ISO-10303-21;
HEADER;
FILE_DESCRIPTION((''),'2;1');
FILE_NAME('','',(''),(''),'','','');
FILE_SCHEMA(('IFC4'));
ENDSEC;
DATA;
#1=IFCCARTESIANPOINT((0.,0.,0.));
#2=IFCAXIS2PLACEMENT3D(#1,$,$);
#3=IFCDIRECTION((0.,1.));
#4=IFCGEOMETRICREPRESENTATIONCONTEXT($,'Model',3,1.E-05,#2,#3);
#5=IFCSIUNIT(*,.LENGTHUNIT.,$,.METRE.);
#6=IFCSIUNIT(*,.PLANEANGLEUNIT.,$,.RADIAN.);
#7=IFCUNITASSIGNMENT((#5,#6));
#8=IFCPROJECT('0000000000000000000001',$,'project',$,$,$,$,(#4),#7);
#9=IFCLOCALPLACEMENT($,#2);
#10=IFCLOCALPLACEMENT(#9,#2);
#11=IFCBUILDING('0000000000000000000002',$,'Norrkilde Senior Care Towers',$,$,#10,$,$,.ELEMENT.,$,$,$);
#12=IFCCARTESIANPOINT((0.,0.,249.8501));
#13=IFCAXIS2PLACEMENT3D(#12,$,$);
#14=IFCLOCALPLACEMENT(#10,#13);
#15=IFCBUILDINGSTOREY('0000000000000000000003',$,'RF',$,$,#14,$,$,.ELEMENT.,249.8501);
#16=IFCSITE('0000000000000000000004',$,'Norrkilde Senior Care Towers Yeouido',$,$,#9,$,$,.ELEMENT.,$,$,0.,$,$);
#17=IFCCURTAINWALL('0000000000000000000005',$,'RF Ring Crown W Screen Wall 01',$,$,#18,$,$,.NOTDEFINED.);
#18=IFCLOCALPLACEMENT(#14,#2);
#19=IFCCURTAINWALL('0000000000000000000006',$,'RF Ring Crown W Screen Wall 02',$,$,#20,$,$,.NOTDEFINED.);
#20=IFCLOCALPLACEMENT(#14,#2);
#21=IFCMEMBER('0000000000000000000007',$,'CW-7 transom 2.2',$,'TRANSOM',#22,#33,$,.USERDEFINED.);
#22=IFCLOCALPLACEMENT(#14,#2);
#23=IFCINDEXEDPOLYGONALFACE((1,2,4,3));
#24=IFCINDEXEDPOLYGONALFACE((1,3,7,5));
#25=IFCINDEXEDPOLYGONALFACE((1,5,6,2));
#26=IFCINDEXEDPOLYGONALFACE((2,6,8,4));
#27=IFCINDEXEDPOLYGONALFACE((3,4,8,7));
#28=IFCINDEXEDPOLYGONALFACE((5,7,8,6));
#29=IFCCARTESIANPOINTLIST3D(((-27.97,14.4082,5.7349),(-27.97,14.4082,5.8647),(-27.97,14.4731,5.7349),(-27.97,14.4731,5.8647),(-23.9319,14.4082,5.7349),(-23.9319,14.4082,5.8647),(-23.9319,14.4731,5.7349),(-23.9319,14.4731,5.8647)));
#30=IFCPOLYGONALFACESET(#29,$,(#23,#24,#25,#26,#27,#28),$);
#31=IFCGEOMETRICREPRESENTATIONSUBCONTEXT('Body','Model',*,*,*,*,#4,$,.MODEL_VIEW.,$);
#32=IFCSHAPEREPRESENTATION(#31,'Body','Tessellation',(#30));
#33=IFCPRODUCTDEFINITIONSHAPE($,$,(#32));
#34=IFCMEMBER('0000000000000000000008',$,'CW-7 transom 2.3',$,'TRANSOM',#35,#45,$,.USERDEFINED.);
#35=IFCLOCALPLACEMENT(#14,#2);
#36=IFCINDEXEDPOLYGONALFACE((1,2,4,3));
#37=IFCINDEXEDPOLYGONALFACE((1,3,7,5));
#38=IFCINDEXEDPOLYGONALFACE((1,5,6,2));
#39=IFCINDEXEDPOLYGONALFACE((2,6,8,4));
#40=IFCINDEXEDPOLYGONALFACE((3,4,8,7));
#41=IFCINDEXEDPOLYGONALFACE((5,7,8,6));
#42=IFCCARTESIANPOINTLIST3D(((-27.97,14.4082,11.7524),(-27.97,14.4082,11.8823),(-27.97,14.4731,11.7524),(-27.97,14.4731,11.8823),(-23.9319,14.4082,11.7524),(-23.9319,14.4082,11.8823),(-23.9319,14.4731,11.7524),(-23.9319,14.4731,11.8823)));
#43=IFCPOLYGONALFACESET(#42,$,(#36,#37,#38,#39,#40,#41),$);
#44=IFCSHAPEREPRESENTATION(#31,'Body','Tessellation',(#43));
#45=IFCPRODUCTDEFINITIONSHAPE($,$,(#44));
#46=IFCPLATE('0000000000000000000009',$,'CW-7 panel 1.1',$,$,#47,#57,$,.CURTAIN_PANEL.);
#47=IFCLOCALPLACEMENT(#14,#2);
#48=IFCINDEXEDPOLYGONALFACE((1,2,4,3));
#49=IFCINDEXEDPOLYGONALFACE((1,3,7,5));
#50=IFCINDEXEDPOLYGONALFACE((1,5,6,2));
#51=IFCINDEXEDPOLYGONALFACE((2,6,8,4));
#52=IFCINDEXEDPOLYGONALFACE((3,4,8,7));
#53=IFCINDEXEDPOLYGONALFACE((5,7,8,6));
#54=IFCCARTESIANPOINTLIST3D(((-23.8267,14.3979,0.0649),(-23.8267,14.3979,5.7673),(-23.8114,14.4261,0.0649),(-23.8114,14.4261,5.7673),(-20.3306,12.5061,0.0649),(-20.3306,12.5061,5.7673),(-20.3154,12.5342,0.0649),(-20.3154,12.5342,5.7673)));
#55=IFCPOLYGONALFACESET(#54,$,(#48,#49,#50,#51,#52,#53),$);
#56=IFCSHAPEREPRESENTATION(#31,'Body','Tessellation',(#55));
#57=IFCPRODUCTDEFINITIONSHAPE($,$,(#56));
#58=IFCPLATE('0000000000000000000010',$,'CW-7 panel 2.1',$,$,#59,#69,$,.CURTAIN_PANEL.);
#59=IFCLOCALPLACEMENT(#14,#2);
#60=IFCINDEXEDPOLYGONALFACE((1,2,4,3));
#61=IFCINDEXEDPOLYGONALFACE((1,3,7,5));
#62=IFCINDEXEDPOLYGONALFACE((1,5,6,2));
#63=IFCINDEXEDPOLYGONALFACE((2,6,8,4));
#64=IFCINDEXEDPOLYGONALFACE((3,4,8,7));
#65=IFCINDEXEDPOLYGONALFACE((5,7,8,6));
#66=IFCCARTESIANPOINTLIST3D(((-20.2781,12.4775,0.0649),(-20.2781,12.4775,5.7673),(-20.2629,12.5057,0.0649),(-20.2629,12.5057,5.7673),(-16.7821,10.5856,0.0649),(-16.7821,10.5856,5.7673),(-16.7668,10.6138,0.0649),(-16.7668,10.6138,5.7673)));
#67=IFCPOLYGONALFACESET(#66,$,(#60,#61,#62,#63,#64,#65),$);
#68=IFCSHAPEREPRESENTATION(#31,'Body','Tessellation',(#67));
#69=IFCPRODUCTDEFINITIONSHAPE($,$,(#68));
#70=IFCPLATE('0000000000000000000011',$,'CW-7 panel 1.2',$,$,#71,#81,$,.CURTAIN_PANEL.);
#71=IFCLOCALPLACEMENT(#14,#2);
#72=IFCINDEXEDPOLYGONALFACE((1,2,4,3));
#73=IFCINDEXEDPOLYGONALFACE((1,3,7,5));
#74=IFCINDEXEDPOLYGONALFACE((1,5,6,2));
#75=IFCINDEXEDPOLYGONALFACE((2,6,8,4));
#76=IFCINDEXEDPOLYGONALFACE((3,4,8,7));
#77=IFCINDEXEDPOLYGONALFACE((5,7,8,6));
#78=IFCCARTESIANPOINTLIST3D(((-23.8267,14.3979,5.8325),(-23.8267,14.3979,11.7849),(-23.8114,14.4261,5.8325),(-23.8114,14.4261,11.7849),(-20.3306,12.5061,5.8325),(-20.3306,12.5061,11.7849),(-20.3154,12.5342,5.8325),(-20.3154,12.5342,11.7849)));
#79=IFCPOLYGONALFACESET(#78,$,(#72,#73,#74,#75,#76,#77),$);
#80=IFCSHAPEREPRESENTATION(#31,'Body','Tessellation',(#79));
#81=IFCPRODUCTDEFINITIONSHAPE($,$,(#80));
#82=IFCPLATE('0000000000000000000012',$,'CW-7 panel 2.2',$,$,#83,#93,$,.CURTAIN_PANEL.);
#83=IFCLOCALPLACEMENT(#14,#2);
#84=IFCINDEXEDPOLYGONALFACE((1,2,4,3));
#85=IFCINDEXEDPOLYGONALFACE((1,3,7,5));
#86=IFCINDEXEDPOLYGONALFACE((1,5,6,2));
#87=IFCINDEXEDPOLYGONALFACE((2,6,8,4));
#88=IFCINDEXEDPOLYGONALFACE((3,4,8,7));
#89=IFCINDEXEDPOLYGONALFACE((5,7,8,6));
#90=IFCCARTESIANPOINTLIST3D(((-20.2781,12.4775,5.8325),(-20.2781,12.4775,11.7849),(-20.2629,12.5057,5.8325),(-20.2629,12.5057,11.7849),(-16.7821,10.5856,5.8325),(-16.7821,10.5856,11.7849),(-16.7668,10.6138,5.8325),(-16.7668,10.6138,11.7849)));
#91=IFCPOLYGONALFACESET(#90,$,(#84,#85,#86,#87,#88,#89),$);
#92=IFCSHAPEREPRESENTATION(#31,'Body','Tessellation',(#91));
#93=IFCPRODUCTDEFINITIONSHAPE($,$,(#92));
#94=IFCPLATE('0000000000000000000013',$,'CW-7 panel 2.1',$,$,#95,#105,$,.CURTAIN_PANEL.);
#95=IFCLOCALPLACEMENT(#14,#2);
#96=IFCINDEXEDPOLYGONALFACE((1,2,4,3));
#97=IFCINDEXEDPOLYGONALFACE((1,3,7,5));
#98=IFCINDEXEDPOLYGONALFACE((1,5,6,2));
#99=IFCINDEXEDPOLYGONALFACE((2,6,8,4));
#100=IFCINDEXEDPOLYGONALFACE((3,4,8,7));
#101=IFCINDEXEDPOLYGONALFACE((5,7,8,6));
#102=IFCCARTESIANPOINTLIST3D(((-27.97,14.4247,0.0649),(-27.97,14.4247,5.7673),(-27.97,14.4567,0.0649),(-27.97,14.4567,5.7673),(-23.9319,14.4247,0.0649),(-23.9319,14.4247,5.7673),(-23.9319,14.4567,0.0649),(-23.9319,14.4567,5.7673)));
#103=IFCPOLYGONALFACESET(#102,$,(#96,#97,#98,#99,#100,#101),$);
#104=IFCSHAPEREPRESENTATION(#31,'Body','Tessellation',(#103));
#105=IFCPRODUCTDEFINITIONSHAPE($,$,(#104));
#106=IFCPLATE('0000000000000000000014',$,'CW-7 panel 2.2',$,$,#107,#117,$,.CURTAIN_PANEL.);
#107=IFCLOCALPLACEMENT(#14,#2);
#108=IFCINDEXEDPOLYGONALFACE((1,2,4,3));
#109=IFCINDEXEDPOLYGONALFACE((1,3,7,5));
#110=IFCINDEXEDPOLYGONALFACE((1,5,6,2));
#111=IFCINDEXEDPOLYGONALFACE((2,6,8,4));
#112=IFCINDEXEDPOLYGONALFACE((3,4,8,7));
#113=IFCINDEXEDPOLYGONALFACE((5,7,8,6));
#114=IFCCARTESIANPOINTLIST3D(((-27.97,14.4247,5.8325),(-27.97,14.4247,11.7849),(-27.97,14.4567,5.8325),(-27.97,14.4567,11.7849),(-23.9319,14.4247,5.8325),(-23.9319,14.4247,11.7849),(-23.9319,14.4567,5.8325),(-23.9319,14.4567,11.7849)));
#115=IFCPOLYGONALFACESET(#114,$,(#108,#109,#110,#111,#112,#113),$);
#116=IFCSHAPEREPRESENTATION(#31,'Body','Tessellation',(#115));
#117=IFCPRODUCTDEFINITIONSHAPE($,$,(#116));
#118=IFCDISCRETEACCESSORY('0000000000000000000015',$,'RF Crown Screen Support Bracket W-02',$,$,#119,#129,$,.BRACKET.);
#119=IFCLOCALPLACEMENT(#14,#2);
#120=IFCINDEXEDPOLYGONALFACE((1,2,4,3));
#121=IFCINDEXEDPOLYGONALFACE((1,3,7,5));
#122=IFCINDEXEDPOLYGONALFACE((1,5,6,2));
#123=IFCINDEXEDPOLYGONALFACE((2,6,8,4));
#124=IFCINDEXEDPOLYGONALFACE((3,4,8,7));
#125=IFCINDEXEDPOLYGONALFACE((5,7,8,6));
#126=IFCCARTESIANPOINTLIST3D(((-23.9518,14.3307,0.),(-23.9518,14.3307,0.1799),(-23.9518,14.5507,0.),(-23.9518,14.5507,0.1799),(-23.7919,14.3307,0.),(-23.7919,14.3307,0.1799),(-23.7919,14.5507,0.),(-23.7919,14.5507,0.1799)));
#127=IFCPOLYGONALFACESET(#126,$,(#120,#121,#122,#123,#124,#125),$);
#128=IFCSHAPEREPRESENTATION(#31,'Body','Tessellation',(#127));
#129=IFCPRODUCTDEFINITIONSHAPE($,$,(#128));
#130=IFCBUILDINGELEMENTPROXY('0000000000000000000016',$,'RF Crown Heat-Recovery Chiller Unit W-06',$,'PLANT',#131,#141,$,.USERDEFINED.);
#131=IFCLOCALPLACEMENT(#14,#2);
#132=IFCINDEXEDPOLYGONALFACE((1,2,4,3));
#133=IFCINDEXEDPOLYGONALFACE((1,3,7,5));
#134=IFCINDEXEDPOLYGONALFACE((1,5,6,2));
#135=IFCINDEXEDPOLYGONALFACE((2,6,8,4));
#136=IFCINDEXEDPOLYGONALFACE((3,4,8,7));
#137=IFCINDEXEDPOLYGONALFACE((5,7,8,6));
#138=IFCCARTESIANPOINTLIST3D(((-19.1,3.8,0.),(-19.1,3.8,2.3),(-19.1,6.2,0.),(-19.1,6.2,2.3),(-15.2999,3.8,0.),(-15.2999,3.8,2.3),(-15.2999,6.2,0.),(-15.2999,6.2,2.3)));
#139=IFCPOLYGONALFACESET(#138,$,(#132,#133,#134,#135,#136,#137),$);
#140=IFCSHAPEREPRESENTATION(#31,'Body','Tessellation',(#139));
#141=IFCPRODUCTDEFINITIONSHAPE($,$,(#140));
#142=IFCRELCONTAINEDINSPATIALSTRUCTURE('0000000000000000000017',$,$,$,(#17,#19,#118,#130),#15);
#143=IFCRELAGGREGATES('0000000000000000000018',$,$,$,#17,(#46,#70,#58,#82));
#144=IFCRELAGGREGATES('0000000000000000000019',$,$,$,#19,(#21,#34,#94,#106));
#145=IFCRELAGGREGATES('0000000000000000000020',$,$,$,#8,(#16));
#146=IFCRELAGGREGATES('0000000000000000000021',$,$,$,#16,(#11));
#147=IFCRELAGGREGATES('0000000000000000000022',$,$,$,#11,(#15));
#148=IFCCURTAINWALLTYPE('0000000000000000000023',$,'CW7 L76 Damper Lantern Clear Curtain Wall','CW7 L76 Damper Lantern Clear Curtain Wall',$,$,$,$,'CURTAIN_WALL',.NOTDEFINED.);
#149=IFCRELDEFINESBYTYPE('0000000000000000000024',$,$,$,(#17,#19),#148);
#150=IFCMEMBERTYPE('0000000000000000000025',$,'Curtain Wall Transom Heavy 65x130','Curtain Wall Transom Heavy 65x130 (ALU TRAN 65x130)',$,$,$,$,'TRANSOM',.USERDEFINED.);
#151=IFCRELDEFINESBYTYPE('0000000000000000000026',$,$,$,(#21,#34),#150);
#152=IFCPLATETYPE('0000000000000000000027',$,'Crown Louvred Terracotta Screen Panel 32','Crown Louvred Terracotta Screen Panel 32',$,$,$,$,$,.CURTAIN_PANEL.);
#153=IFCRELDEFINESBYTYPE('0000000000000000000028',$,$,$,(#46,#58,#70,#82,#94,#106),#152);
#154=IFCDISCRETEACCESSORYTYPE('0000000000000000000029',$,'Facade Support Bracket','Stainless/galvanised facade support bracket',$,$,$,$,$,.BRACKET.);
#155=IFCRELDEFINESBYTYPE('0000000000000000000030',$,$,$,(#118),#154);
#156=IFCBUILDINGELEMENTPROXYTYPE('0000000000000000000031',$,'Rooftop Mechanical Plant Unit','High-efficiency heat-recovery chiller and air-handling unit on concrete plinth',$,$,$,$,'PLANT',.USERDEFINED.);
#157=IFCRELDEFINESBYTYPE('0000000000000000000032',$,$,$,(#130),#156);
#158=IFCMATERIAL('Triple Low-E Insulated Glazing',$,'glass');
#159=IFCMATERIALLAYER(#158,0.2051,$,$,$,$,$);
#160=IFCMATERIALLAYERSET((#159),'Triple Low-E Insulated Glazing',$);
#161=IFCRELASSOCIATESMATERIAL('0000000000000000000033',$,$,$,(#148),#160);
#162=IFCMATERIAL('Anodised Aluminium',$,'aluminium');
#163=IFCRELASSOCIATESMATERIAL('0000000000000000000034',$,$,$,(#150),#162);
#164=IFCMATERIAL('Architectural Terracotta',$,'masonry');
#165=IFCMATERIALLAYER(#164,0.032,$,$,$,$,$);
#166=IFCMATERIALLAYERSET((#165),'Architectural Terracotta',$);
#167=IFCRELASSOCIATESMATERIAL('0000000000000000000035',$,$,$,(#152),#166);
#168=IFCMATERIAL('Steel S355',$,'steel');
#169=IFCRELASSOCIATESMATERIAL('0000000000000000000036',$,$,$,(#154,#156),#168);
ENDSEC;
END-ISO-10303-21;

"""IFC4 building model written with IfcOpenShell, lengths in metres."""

from ifc_helpers import new_model, si_unit, direction, frame, origin, origin_2d, place, context, subcontext, project, spatial, rectangle, extrude, source, transform, mapped, material, layer, layer_set, material_profile, profile_set, type_object, type_shapes, element, aggregate, save


model = new_model("IFC4")

# Units and contexts
model_context = context("Model", 3, precision=1e-05, world=origin(), true_north=direction((0.0, 1.0)))
body_context = subcontext(model_context, "Body", "Model", "MODEL_VIEW")
ifc_project = project(units=[si_unit("LENGTHUNIT", "METRE"), si_unit("PLANEANGLEUNIT", "RADIAN")], contexts=[model_context])

# Site, building, storey
site_placement = place(None, origin())
site = spatial("IfcSite", under=ifc_project, at=site_placement, Name="Norrkilde Senior Care Towers Yeouido", CompositionType="ELEMENT", RefElevation=0.0)
building_placement = place(site_placement, origin())
building = spatial("IfcBuilding", under=site, at=building_placement, Name="Norrkilde Senior Care Towers", CompositionType="ELEMENT")
storey_placement = place(building_placement, frame((0.0, 0.0, 249.8501)))
storey = spatial("IfcBuildingStorey", under=building, at=storey_placement, Name="RF", CompositionType="ELEMENT", Elevation=249.8501)

# Shared definitions
ifc_material_1 = material(Name="Steel S355", Category="steel")

# Curtain wall
ifc_material_2 = material(Name="Triple Low-E Insulated Glazing", Category="glass")
ifc_layer_1 = layer(ifc_material_2, 0.2051)
ifc_layer_set_1 = layer_set([ifc_layer_1], Name="Triple Low-E Insulated Glazing")
curtain_wall_type = type_object("IfcCurtainWallType", Name="CW7 L76 Damper Lantern Clear Curtain Wall", Description="CW7 L76 Damper Lantern Clear Curtain Wall", ElementType="CURTAIN_WALL", PredefinedType="NOTDEFINED", material=ifc_layer_set_1)
curtain_wall_1_placement = place(storey_placement, origin())
curtain_wall_1 = element("IfcCurtainWall", 1, at=curtain_wall_1_placement, inside=storey, type_object=curtain_wall_type, Name="RF Ring Crown W Screen Wall 01", PredefinedType="NOTDEFINED")
ifc_material_3 = material(Name="Anodised Aluminium", Category="aluminium")

# Curtain wall
curtain_wall_2_placement = place(storey_placement, origin())
curtain_wall_2 = element("IfcCurtainWall", 2, at=curtain_wall_2_placement, inside=storey, type_object=curtain_wall_type, Name="RF Ring Crown W Screen Wall 02", PredefinedType="NOTDEFINED")

# Members
ifc_material_profile_1 = material_profile(ifc_material_3, rectangle(XDim=0.0649, YDim=0.1299, at=origin_2d()), Name="ALU TRAN 65x130")
ifc_profile_set_1 = profile_set([ifc_material_profile_1], Name="Anodised Aluminium")
member_type_1 = type_object("IfcMemberType", Name="Curtain Wall Transom Heavy 65x130", Description="Curtain Wall Transom Heavy 65x130 (ALU TRAN 65x130)", ElementType="TRANSOM", PredefinedType="USERDEFINED", material=ifc_profile_set_1)
shared_shape_1 = source(origin(), body_context, "Body", "SweptSolid", [
    extrude(rectangle(XDim=0.0649, YDim=0.1299, at=origin_2d()), origin(), (0.0, 0.0, 1.0), 4.0381),
])
member_1_placement = place(storey_placement, frame((-27.97, 14.4407, 5.7998), z_axis=(1.0, 0.0, 0.0), x_axis=(0.0, 1.0, 0.0)))
member_1 = element("IfcMember", 3, at=member_1_placement, type_object=member_type_1, Name="CW-7 transom 2.2", ObjectType="TRANSOM", PredefinedType="USERDEFINED", context=body_context, shape_type="MappedRepresentation", body=[
    mapped(shared_shape_1, transform((0.0, 0.0, 0.0), x_axis=(1.0, 0.0, 0.0), y_axis=(0.0, 1.0, 0.0), z_axis=(0.0, 0.0, 1.0), scale=1.0)),
])
member_2_placement = place(storey_placement, frame((-27.97, 14.4407, 11.8174), z_axis=(1.0, 0.0, 0.0), x_axis=(0.0, 1.0, 0.0)))
member_2 = element("IfcMember", 4, at=member_2_placement, type_object=member_type_1, Name="CW-7 transom 2.3", ObjectType="TRANSOM", PredefinedType="USERDEFINED", context=body_context, shape_type="MappedRepresentation", body=[
    mapped(shared_shape_1, transform((0.0, 0.0, 0.0), x_axis=(1.0, 0.0, 0.0), y_axis=(0.0, 1.0, 0.0), z_axis=(0.0, 0.0, 1.0), scale=1.0)),
])

# Plates
ifc_material_4 = material(Name="Architectural Terracotta", Category="masonry")
ifc_layer_2 = layer(ifc_material_4, 0.032)
ifc_layer_set_2 = layer_set([ifc_layer_2], Name="Architectural Terracotta")
plate_type = type_object("IfcPlateType", Name="Crown Louvred Terracotta Screen Panel 32", Description="Crown Louvred Terracotta Screen Panel 32", PredefinedType="CURTAIN_PANEL", material=ifc_layer_set_2)
shared_shape_2 = source(origin(), body_context, "Body", "SweptSolid", [
    extrude(rectangle(XDim=3.9751, YDim=0.032, at=origin_2d()), origin(), (0.0, 0.0, 1.0), 5.7024),
])
plate_1_placement = place(storey_placement, frame((-22.071, 13.4661, 0.0649), z_axis=(0.0, 0.0, 1.0), x_axis=(0.879481, -0.475934, 0.0)))
plate_1 = element("IfcPlate", 5, at=plate_1_placement, type_object=plate_type, Name="CW-7 panel 1.1", PredefinedType="CURTAIN_PANEL", context=body_context, shape_type="MappedRepresentation", body=[
    mapped(shared_shape_2, transform((0.0, 0.0, 0.0), x_axis=(1.0, 0.0, 0.0), y_axis=(0.0, 1.0, 0.0), z_axis=(0.0, 0.0, 1.0), scale=1.0)),
])
plate_2_placement = place(storey_placement, frame((-18.5225, 11.5457, 0.0649), z_axis=(0.0, 0.0, 1.0), x_axis=(0.879481, -0.475934, 0.0)))
plate_2 = element("IfcPlate", 6, at=plate_2_placement, type_object=plate_type, Name="CW-7 panel 2.1", PredefinedType="CURTAIN_PANEL", context=body_context, shape_type="MappedRepresentation", body=[
    mapped(shared_shape_2, transform((0.0, 0.0, 0.0), x_axis=(1.0, 0.0, 0.0), y_axis=(0.0, 1.0, 0.0), z_axis=(0.0, 0.0, 1.0), scale=1.0)),
])
shared_shape_3 = source(origin(), body_context, "Body", "SweptSolid", [
    extrude(rectangle(XDim=3.9751, YDim=0.032, at=origin_2d()), origin(), (0.0, 0.0, 1.0), 5.9524),
])
plate_3_placement = place(storey_placement, frame((-22.071, 13.4661, 5.8325), z_axis=(0.0, 0.0, 1.0), x_axis=(0.879481, -0.475934, 0.0)))
plate_3 = element("IfcPlate", 7, at=plate_3_placement, type_object=plate_type, Name="CW-7 panel 1.2", PredefinedType="CURTAIN_PANEL", context=body_context, shape_type="MappedRepresentation", body=[
    mapped(shared_shape_3, transform((0.0, 0.0, 0.0), x_axis=(1.0, 0.0, 0.0), y_axis=(0.0, 1.0, 0.0), z_axis=(0.0, 0.0, 1.0), scale=1.0)),
])
plate_4_placement = place(storey_placement, frame((-18.5225, 11.5457, 5.8325), z_axis=(0.0, 0.0, 1.0), x_axis=(0.879481, -0.475934, 0.0)))
plate_4 = element("IfcPlate", 8, at=plate_4_placement, type_object=plate_type, Name="CW-7 panel 2.2", PredefinedType="CURTAIN_PANEL", context=body_context, shape_type="MappedRepresentation", body=[
    mapped(shared_shape_3, transform((0.0, 0.0, 0.0), x_axis=(1.0, 0.0, 0.0), y_axis=(0.0, 1.0, 0.0), z_axis=(0.0, 0.0, 1.0), scale=1.0)),
])
aggregate(curtain_wall_1, [plate_1, plate_3, plate_2, plate_4])
shared_shape_4 = source(origin(), body_context, "Body", "SweptSolid", [
    extrude(rectangle(XDim=4.0381, YDim=0.032, at=origin_2d()), origin(), (0.0, 0.0, 1.0), 5.7024),
])
plate_5_placement = place(storey_placement, frame((-25.9509, 14.4407, 0.0649), z_axis=(0.0, 0.0, 1.0), x_axis=(1.0, 0.0, 0.0)))
plate_5 = element("IfcPlate", 9, at=plate_5_placement, type_object=plate_type, Name="CW-7 panel 2.1", PredefinedType="CURTAIN_PANEL", context=body_context, shape_type="MappedRepresentation", body=[
    mapped(shared_shape_4, transform((0.0, 0.0, 0.0), x_axis=(1.0, 0.0, 0.0), y_axis=(0.0, 1.0, 0.0), z_axis=(0.0, 0.0, 1.0), scale=1.0)),
])
shared_shape_5 = source(origin(), body_context, "Body", "SweptSolid", [
    extrude(rectangle(XDim=4.0381, YDim=0.032, at=origin_2d()), origin(), (0.0, 0.0, 1.0), 5.9524),
])
type_shapes(plate_type, [shared_shape_2, shared_shape_3, shared_shape_4, shared_shape_5])
plate_6_placement = place(storey_placement, frame((-25.9509, 14.4407, 5.8325), z_axis=(0.0, 0.0, 1.0), x_axis=(1.0, 0.0, 0.0)))
plate_6 = element("IfcPlate", 10, at=plate_6_placement, type_object=plate_type, Name="CW-7 panel 2.2", PredefinedType="CURTAIN_PANEL", context=body_context, shape_type="MappedRepresentation", body=[
    mapped(shared_shape_5, transform((0.0, 0.0, 0.0), x_axis=(1.0, 0.0, 0.0), y_axis=(0.0, 1.0, 0.0), z_axis=(0.0, 0.0, 1.0), scale=1.0)),
])
aggregate(curtain_wall_2, [member_1, member_2, plate_5, plate_6])

# Discrete accessory
discrete_accessory_type = type_object("IfcDiscreteAccessoryType", Name="Facade Support Bracket", Description="Stainless/galvanised facade support bracket", PredefinedType="BRACKET", material=ifc_material_1)
shared_shape_6 = source(origin(), body_context, "Body", "SweptSolid", [
    extrude(rectangle(XDim=0.1599, YDim=0.22, at=origin_2d()), origin(), (0.0, 0.0, 1.0), 0.1799),
])
type_shapes(discrete_accessory_type, [shared_shape_6])
discrete_accessory_placement = place(storey_placement, frame((-23.8718, 14.4407, 0.0), z_axis=(0.0, 0.0, 1.0), x_axis=(1.0, 0.0, 0.0)))
element("IfcDiscreteAccessory", 11, at=discrete_accessory_placement, inside=storey, type_object=discrete_accessory_type, Name="RF Crown Screen Support Bracket W-02", PredefinedType="BRACKET", context=body_context, shape_type="MappedRepresentation", body=[
    mapped(shared_shape_6, transform((0.0, 0.0, 0.0), x_axis=(1.0, 0.0, 0.0), y_axis=(0.0, 1.0, 0.0), z_axis=(0.0, 0.0, 1.0), scale=1.0)),
])

# Building element proxy
building_element_proxy_type = type_object("IfcBuildingElementProxyType", Name="Rooftop Mechanical Plant Unit", Description="High-efficiency heat-recovery chiller and air-handling unit on concrete plinth", ElementType="PLANT", PredefinedType="USERDEFINED", material=ifc_material_1)
shared_shape_7 = source(origin(), body_context, "Body", "SweptSolid", [
    extrude(rectangle(XDim=3.8, YDim=2.3999, at=origin_2d()), origin(), (0.0, 0.0, 1.0), 2.3),
])
type_shapes(building_element_proxy_type, [shared_shape_7])
proxy_placement = place(storey_placement, frame((-17.2, 5.0, 0.0), z_axis=(0.0, 0.0, 1.0), x_axis=(1.0, 0.0, 0.0)))
element("IfcBuildingElementProxy", 12, at=proxy_placement, inside=storey, type_object=building_element_proxy_type, Name="RF Crown Heat-Recovery Chiller Unit W-06", ObjectType="PLANT", PredefinedType="USERDEFINED", context=body_context, shape_type="MappedRepresentation", body=[
    mapped(shared_shape_7, transform((0.0, 0.0, 0.0), x_axis=(1.0, 0.0, 0.0), y_axis=(0.0, 1.0, 0.0), z_axis=(0.0, 0.0, 1.0), scale=1.0)),
])

save(model, "model.ifc")
